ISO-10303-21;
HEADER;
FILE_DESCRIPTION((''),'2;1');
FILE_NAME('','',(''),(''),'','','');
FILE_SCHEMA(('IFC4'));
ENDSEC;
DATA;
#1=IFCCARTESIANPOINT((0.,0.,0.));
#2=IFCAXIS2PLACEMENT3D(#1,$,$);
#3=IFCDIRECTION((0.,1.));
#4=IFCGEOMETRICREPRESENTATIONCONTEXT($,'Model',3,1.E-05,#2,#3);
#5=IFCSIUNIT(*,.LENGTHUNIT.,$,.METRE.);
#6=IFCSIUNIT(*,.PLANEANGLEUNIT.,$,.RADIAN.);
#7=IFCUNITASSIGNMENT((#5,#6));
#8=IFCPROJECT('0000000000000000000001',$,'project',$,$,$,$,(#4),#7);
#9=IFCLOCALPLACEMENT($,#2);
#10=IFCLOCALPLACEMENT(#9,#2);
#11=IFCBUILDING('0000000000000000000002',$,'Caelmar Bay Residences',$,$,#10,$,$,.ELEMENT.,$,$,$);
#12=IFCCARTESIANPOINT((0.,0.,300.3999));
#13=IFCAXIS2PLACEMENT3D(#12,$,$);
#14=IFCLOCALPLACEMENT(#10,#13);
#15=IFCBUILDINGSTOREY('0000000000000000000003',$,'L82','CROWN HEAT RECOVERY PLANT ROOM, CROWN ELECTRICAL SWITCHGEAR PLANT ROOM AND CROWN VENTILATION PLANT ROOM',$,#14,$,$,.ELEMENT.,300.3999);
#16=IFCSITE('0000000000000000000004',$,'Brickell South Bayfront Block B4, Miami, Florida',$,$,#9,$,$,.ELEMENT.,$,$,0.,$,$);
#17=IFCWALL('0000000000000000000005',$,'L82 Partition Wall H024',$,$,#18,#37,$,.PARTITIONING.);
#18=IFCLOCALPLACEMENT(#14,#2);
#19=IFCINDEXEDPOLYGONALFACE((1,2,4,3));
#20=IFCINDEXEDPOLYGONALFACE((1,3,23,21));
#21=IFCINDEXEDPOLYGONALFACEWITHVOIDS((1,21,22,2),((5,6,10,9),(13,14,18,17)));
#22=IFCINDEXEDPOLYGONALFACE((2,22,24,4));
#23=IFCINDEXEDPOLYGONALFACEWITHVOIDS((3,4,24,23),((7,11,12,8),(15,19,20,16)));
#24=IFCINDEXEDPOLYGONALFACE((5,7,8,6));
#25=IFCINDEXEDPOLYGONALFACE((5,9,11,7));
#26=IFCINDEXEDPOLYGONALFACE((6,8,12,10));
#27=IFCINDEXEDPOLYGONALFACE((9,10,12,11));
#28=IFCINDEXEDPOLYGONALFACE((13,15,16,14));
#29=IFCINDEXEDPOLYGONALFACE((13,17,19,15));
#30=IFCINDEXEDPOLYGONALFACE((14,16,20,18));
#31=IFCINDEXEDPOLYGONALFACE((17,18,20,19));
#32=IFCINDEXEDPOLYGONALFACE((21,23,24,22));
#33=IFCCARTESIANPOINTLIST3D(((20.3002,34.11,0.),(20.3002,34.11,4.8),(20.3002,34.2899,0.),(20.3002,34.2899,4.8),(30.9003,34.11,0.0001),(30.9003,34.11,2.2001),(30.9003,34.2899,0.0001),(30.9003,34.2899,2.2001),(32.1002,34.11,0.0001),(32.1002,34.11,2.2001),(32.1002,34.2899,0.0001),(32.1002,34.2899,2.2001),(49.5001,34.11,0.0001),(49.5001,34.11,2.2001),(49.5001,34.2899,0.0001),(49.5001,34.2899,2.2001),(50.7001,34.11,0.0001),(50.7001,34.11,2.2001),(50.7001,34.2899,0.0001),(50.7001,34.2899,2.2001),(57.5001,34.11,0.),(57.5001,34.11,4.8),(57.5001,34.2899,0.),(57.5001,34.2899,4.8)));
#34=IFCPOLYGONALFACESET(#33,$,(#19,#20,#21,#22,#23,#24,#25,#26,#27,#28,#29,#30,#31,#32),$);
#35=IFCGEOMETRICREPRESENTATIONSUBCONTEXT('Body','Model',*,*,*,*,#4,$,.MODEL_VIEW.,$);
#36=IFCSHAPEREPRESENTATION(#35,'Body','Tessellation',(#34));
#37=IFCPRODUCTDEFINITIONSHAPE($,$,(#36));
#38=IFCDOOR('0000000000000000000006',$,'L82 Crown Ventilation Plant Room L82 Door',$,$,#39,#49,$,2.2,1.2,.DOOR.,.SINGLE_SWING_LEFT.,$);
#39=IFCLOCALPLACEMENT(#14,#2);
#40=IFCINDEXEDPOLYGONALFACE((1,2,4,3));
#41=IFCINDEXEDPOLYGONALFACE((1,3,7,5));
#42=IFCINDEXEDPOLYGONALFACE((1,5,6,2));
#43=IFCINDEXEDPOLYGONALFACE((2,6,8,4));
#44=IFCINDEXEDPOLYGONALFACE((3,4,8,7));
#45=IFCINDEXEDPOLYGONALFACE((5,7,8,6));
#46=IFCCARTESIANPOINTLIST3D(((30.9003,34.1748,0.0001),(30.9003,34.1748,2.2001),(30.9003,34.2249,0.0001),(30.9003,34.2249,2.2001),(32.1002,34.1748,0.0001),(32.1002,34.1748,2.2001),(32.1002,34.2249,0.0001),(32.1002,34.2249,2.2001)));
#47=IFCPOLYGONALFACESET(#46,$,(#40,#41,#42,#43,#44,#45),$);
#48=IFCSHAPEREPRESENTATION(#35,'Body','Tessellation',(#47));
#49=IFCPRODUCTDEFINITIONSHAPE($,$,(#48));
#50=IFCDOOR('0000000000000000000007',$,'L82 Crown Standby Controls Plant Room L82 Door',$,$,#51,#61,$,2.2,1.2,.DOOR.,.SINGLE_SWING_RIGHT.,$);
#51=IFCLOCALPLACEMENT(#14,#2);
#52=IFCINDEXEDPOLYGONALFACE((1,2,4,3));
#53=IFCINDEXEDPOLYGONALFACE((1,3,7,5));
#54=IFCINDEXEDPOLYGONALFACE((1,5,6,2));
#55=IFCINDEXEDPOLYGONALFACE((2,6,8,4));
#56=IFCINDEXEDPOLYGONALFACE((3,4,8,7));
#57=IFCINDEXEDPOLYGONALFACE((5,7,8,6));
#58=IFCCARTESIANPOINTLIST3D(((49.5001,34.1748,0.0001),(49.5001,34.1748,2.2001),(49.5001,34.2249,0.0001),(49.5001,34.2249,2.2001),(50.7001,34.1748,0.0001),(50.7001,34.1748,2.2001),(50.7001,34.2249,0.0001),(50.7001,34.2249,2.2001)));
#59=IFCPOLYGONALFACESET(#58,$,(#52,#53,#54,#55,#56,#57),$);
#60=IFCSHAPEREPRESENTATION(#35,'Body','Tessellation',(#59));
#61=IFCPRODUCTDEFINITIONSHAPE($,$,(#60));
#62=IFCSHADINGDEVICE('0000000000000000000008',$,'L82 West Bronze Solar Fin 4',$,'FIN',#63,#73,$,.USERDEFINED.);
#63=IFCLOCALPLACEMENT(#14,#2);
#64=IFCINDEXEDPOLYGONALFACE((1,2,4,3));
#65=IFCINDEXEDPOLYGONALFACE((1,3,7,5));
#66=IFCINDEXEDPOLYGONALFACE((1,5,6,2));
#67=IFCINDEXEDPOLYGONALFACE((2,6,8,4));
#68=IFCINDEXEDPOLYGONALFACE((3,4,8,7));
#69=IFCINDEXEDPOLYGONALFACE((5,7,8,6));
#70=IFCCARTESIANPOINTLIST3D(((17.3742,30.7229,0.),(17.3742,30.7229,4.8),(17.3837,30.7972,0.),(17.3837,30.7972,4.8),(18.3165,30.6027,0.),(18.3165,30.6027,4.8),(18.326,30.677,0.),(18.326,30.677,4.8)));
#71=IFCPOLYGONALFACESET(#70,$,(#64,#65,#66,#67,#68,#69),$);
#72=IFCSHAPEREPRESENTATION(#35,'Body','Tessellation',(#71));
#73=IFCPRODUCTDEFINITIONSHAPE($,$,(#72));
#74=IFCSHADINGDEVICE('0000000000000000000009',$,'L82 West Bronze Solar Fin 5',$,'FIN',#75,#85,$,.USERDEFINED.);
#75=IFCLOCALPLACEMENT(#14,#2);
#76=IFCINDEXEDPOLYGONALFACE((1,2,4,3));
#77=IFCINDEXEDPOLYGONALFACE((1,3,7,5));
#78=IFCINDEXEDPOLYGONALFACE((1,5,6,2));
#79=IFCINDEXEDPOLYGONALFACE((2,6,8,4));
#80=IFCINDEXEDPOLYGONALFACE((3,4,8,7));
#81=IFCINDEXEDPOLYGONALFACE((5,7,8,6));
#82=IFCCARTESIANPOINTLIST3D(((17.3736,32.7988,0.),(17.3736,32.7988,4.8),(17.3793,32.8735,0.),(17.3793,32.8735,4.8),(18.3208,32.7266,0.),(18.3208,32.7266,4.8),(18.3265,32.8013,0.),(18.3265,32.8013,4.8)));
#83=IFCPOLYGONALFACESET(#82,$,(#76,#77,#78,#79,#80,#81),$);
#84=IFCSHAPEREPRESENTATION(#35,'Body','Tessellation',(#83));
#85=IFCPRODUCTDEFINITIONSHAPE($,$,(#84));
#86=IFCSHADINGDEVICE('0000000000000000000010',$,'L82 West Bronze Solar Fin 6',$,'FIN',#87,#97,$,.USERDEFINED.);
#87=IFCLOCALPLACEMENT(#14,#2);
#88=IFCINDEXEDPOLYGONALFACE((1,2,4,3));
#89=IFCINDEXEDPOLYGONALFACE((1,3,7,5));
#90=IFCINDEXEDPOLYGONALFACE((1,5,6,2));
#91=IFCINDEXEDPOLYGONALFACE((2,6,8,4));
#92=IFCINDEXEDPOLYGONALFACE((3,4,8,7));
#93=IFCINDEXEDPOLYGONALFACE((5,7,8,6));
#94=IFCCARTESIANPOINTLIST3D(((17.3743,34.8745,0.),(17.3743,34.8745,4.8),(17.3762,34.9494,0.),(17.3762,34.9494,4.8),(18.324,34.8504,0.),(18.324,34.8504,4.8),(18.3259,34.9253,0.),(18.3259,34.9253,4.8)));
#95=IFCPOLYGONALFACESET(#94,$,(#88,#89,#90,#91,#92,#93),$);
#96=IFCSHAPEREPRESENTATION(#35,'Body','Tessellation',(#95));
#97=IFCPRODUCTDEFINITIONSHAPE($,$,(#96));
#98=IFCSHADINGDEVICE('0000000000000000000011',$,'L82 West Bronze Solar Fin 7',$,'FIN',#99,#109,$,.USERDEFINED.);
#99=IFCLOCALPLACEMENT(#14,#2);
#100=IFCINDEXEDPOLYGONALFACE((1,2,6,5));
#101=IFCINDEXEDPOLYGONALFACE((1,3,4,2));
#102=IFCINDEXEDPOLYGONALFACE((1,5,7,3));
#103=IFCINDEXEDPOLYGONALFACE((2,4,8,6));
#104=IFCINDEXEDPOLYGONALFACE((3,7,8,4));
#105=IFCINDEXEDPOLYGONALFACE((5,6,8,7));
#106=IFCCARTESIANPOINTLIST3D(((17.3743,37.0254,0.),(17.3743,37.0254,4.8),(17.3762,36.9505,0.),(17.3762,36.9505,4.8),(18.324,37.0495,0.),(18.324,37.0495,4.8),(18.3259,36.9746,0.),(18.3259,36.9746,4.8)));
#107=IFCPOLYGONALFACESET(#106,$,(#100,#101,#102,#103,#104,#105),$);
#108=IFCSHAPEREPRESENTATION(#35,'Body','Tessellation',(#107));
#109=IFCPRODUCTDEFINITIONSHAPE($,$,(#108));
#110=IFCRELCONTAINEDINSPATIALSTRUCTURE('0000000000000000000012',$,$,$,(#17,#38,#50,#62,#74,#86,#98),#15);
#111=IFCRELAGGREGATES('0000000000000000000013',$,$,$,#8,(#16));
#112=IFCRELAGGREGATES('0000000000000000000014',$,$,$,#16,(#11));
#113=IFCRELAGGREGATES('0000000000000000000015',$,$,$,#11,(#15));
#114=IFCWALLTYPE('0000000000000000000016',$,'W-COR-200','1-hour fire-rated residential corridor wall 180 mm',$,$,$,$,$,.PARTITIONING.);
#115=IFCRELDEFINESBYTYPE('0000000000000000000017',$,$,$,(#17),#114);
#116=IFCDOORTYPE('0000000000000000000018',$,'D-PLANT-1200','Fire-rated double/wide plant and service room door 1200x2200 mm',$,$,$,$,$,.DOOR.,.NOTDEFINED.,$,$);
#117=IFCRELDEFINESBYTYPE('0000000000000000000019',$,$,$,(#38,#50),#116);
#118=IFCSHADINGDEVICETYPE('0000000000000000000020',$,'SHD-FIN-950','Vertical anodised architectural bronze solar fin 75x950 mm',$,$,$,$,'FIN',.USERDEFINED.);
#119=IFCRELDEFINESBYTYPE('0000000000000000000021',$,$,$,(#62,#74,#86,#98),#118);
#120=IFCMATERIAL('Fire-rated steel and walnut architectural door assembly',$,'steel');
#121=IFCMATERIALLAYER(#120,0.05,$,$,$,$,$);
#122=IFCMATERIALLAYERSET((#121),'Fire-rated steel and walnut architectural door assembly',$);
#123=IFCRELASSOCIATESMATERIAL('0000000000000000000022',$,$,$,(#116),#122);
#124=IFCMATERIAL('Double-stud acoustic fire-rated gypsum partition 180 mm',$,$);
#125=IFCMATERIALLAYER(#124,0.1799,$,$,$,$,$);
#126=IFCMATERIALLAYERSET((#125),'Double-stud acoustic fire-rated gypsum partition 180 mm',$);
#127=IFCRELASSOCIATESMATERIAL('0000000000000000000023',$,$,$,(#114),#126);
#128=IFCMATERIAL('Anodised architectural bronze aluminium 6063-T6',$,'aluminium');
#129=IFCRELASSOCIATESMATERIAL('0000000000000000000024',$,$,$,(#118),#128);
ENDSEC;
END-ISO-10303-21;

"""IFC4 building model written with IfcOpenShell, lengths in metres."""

from ifc_helpers import new_model, si_unit, direction, frame, frame_2d, origin, origin_2d, place, context, subcontext, project, spatial, rectangle, extrude, material, layer, layer_set, material_profile, profile_set, type_object, element, fill, save


model = new_model("IFC4")

# Units and contexts
model_context = context("Model", 3, precision=1e-05, world=origin(), true_north=direction((0.0, 1.0)))
body_context = subcontext(model_context, "Body", "Model", "MODEL_VIEW")
ifc_project = project(units=[si_unit("LENGTHUNIT", "METRE"), si_unit("PLANEANGLEUNIT", "RADIAN")], contexts=[model_context])

# Site, building, storey
site_placement = place(None, origin())
site = spatial("IfcSite", under=ifc_project, at=site_placement, Name="Brickell South Bayfront Block B4, Miami, Florida", CompositionType="ELEMENT", RefElevation=0.0)
building_placement = place(site_placement, origin())
building = spatial("IfcBuilding", under=site, at=building_placement, Name="Caelmar Bay Residences", CompositionType="ELEMENT")
storey_placement = place(building_placement, frame((0.0, 0.0, 300.3999)))
storey = spatial("IfcBuildingStorey", under=building, at=storey_placement, Name="L82", Description="CROWN HEAT RECOVERY PLANT ROOM, CROWN ELECTRICAL SWITCHGEAR PLANT ROOM AND CROWN VENTILATION PLANT ROOM", CompositionType="ELEMENT", Elevation=300.3999)

# Shared definitions
ifc_material_1 = material(Name="Fire-rated steel and walnut architectural door assembly", Category="steel")
ifc_layer_1 = layer(ifc_material_1, 0.05)
ifc_layer_set_1 = layer_set([ifc_layer_1], Name="Fire-rated steel and walnut architectural door assembly")
door_type_1 = type_object("IfcDoorType", Name="D-PLANT-1200", Description="Fire-rated double/wide plant and service room door 1200x2200 mm", OperationType="NOTDEFINED", PredefinedType="DOOR", material=ifc_layer_set_1)

# Shared definitions
ifc_material_2 = material(Name="Double-stud acoustic fire-rated gypsum partition 180 mm")
ifc_layer_2 = layer(ifc_material_2, 0.1799)
ifc_layer_set_2 = layer_set([ifc_layer_2], Name="Double-stud acoustic fire-rated gypsum partition 180 mm")
wall_type_1 = type_object("IfcWallType", Name="W-COR-200", Description="1-hour fire-rated residential corridor wall 180 mm", PredefinedType="PARTITIONING", material=ifc_layer_set_2)

# Wall, openings, doors
wall_1_placement = place(storey_placement, frame((20.3, 34.2, 0.0), z_axis=(0.0, 0.0, 1.0), x_axis=(1.0, 0.0, 0.0)))
wall_1 = element("IfcWall", 1, at=wall_1_placement, inside=storey, type_object=wall_type_1, Name="L82 Partition Wall H024", PredefinedType="PARTITIONING", context=body_context, shape_type="SweptSolid", body=[
    extrude(rectangle(XDim=37.2, YDim=0.1799, at=frame_2d((18.6001, 0.0))), origin(), (0.0, 0.0, 1.0), 4.8),
])
opening_1_placement = place(wall_1_placement, frame((10.6001, 0.0, 0.0)))
opening_1 = element("IfcOpeningElement", 2, at=opening_1_placement, cuts=wall_1, PredefinedType="OPENING", context=body_context, shape_type="SweptSolid", body=[
    extrude(rectangle(XDim=1.2, YDim=2.2, at=frame_2d((0.6001, 1.1001))), frame((0.0, 0.0999, 0.0), z_axis=(0.0, -1.0, 0.0), x_axis=(1.0, 0.0, 0.0)), (0.0, 0.0, 1.0), 0.2),
])
opening_2_placement = place(wall_1_placement, frame((29.2, 0.0, 0.0)))
opening_2 = element("IfcOpeningElement", 3, at=opening_2_placement, cuts=wall_1, PredefinedType="OPENING", context=body_context, shape_type="SweptSolid", body=[
    extrude(rectangle(XDim=1.2, YDim=2.2, at=frame_2d((0.6001, 1.1001))), frame((0.0, 0.0999, 0.0), z_axis=(0.0, -1.0, 0.0), x_axis=(1.0, 0.0, 0.0)), (0.0, 0.0, 1.0), 0.2),
])
door_1_placement = place(opening_1_placement, origin())
door_1 = element("IfcDoor", 4, at=door_1_placement, inside=storey, type_object=door_type_1, Name="L82 Crown Ventilation Plant Room L82 Door", OperationType="SINGLE_SWING_LEFT", OverallHeight=2.2, OverallWidth=1.2, PredefinedType="DOOR", context=body_context, shape_type="SweptSolid", body=[
    extrude(rectangle(XDim=1.2, YDim=2.2, at=frame_2d((0.6001, 1.1001))), frame((0.0, 0.0249, 0.0), z_axis=(0.0, -1.0, 0.0), x_axis=(1.0, 0.0, 0.0)), (0.0, 0.0, 1.0), 0.05),
])
fill(opening_1, door_1)
door_2_placement = place(opening_2_placement, origin())
door_2 = element("IfcDoor", 5, at=door_2_placement, inside=storey, type_object=door_type_1, Name="L82 Crown Standby Controls Plant Room L82 Door", OperationType="SINGLE_SWING_RIGHT", OverallHeight=2.2, OverallWidth=1.2, PredefinedType="DOOR", context=body_context, shape_type="SweptSolid", body=[
    extrude(rectangle(XDim=1.2, YDim=2.2, at=frame_2d((0.6001, 1.1001))), frame((0.0, 0.0249, 0.0), z_axis=(0.0, -1.0, 0.0), x_axis=(1.0, 0.0, 0.0)), (0.0, 0.0, 1.0), 0.05),
])
fill(opening_2, door_2)

# Shading devices
ifc_material_3 = material(Name="Anodised architectural bronze aluminium 6063-T6", Category="aluminium")
ifc_material_profile_1 = material_profile(ifc_material_3, rectangle(XDim=0.075, YDim=0.95, at=origin_2d()), Name="BRONZE-FIN-75X950")
ifc_profile_set_1 = profile_set([ifc_material_profile_1], Name="Anodised architectural bronze aluminium 6063-T6")
shading_device_type = type_object("IfcShadingDeviceType", Name="SHD-FIN-950", Description="Vertical anodised architectural bronze solar fin 75x950 mm", ElementType="FIN", PredefinedType="USERDEFINED", material=ifc_profile_set_1)
for number, where, z_axis, x_axis, name in (
    (6, (17.8501, 30.7, 0.0), (0.0, 0.0, 1.0), (0.126545, 0.991961, 0.0), "L82 West Bronze Solar Fin 4"),
    (7, (17.8501, 32.8, 0.0), (0.0, 0.0, 1.0), (0.076023, 0.997106, 0.0), "L82 West Bronze Solar Fin 5"),
    (8, (17.8501, 34.8999, 0.0), (0.0, 0.0, 1.0), (0.025305, 0.99968, 0.0), "L82 West Bronze Solar Fin 6"),
    (9, (17.8501, 37.0, 0.0), (0.0, 0.0, 1.0), (-0.025305, 0.99968, 0.0), "L82 West Bronze Solar Fin 7"),
):
    element("IfcShadingDevice", number, at=place(storey_placement, frame(where, z_axis=z_axis, x_axis=x_axis)), inside=storey, type_object=shading_device_type, Name=name, ObjectType="FIN", PredefinedType="USERDEFINED", context=body_context, shape_type="SweptSolid", body=[
        extrude(rectangle(XDim=0.075, YDim=0.95, at=origin_2d()), origin(), (0.0, 0.0, 1.0), 4.8),
    ])

save(model, "model.ifc")
